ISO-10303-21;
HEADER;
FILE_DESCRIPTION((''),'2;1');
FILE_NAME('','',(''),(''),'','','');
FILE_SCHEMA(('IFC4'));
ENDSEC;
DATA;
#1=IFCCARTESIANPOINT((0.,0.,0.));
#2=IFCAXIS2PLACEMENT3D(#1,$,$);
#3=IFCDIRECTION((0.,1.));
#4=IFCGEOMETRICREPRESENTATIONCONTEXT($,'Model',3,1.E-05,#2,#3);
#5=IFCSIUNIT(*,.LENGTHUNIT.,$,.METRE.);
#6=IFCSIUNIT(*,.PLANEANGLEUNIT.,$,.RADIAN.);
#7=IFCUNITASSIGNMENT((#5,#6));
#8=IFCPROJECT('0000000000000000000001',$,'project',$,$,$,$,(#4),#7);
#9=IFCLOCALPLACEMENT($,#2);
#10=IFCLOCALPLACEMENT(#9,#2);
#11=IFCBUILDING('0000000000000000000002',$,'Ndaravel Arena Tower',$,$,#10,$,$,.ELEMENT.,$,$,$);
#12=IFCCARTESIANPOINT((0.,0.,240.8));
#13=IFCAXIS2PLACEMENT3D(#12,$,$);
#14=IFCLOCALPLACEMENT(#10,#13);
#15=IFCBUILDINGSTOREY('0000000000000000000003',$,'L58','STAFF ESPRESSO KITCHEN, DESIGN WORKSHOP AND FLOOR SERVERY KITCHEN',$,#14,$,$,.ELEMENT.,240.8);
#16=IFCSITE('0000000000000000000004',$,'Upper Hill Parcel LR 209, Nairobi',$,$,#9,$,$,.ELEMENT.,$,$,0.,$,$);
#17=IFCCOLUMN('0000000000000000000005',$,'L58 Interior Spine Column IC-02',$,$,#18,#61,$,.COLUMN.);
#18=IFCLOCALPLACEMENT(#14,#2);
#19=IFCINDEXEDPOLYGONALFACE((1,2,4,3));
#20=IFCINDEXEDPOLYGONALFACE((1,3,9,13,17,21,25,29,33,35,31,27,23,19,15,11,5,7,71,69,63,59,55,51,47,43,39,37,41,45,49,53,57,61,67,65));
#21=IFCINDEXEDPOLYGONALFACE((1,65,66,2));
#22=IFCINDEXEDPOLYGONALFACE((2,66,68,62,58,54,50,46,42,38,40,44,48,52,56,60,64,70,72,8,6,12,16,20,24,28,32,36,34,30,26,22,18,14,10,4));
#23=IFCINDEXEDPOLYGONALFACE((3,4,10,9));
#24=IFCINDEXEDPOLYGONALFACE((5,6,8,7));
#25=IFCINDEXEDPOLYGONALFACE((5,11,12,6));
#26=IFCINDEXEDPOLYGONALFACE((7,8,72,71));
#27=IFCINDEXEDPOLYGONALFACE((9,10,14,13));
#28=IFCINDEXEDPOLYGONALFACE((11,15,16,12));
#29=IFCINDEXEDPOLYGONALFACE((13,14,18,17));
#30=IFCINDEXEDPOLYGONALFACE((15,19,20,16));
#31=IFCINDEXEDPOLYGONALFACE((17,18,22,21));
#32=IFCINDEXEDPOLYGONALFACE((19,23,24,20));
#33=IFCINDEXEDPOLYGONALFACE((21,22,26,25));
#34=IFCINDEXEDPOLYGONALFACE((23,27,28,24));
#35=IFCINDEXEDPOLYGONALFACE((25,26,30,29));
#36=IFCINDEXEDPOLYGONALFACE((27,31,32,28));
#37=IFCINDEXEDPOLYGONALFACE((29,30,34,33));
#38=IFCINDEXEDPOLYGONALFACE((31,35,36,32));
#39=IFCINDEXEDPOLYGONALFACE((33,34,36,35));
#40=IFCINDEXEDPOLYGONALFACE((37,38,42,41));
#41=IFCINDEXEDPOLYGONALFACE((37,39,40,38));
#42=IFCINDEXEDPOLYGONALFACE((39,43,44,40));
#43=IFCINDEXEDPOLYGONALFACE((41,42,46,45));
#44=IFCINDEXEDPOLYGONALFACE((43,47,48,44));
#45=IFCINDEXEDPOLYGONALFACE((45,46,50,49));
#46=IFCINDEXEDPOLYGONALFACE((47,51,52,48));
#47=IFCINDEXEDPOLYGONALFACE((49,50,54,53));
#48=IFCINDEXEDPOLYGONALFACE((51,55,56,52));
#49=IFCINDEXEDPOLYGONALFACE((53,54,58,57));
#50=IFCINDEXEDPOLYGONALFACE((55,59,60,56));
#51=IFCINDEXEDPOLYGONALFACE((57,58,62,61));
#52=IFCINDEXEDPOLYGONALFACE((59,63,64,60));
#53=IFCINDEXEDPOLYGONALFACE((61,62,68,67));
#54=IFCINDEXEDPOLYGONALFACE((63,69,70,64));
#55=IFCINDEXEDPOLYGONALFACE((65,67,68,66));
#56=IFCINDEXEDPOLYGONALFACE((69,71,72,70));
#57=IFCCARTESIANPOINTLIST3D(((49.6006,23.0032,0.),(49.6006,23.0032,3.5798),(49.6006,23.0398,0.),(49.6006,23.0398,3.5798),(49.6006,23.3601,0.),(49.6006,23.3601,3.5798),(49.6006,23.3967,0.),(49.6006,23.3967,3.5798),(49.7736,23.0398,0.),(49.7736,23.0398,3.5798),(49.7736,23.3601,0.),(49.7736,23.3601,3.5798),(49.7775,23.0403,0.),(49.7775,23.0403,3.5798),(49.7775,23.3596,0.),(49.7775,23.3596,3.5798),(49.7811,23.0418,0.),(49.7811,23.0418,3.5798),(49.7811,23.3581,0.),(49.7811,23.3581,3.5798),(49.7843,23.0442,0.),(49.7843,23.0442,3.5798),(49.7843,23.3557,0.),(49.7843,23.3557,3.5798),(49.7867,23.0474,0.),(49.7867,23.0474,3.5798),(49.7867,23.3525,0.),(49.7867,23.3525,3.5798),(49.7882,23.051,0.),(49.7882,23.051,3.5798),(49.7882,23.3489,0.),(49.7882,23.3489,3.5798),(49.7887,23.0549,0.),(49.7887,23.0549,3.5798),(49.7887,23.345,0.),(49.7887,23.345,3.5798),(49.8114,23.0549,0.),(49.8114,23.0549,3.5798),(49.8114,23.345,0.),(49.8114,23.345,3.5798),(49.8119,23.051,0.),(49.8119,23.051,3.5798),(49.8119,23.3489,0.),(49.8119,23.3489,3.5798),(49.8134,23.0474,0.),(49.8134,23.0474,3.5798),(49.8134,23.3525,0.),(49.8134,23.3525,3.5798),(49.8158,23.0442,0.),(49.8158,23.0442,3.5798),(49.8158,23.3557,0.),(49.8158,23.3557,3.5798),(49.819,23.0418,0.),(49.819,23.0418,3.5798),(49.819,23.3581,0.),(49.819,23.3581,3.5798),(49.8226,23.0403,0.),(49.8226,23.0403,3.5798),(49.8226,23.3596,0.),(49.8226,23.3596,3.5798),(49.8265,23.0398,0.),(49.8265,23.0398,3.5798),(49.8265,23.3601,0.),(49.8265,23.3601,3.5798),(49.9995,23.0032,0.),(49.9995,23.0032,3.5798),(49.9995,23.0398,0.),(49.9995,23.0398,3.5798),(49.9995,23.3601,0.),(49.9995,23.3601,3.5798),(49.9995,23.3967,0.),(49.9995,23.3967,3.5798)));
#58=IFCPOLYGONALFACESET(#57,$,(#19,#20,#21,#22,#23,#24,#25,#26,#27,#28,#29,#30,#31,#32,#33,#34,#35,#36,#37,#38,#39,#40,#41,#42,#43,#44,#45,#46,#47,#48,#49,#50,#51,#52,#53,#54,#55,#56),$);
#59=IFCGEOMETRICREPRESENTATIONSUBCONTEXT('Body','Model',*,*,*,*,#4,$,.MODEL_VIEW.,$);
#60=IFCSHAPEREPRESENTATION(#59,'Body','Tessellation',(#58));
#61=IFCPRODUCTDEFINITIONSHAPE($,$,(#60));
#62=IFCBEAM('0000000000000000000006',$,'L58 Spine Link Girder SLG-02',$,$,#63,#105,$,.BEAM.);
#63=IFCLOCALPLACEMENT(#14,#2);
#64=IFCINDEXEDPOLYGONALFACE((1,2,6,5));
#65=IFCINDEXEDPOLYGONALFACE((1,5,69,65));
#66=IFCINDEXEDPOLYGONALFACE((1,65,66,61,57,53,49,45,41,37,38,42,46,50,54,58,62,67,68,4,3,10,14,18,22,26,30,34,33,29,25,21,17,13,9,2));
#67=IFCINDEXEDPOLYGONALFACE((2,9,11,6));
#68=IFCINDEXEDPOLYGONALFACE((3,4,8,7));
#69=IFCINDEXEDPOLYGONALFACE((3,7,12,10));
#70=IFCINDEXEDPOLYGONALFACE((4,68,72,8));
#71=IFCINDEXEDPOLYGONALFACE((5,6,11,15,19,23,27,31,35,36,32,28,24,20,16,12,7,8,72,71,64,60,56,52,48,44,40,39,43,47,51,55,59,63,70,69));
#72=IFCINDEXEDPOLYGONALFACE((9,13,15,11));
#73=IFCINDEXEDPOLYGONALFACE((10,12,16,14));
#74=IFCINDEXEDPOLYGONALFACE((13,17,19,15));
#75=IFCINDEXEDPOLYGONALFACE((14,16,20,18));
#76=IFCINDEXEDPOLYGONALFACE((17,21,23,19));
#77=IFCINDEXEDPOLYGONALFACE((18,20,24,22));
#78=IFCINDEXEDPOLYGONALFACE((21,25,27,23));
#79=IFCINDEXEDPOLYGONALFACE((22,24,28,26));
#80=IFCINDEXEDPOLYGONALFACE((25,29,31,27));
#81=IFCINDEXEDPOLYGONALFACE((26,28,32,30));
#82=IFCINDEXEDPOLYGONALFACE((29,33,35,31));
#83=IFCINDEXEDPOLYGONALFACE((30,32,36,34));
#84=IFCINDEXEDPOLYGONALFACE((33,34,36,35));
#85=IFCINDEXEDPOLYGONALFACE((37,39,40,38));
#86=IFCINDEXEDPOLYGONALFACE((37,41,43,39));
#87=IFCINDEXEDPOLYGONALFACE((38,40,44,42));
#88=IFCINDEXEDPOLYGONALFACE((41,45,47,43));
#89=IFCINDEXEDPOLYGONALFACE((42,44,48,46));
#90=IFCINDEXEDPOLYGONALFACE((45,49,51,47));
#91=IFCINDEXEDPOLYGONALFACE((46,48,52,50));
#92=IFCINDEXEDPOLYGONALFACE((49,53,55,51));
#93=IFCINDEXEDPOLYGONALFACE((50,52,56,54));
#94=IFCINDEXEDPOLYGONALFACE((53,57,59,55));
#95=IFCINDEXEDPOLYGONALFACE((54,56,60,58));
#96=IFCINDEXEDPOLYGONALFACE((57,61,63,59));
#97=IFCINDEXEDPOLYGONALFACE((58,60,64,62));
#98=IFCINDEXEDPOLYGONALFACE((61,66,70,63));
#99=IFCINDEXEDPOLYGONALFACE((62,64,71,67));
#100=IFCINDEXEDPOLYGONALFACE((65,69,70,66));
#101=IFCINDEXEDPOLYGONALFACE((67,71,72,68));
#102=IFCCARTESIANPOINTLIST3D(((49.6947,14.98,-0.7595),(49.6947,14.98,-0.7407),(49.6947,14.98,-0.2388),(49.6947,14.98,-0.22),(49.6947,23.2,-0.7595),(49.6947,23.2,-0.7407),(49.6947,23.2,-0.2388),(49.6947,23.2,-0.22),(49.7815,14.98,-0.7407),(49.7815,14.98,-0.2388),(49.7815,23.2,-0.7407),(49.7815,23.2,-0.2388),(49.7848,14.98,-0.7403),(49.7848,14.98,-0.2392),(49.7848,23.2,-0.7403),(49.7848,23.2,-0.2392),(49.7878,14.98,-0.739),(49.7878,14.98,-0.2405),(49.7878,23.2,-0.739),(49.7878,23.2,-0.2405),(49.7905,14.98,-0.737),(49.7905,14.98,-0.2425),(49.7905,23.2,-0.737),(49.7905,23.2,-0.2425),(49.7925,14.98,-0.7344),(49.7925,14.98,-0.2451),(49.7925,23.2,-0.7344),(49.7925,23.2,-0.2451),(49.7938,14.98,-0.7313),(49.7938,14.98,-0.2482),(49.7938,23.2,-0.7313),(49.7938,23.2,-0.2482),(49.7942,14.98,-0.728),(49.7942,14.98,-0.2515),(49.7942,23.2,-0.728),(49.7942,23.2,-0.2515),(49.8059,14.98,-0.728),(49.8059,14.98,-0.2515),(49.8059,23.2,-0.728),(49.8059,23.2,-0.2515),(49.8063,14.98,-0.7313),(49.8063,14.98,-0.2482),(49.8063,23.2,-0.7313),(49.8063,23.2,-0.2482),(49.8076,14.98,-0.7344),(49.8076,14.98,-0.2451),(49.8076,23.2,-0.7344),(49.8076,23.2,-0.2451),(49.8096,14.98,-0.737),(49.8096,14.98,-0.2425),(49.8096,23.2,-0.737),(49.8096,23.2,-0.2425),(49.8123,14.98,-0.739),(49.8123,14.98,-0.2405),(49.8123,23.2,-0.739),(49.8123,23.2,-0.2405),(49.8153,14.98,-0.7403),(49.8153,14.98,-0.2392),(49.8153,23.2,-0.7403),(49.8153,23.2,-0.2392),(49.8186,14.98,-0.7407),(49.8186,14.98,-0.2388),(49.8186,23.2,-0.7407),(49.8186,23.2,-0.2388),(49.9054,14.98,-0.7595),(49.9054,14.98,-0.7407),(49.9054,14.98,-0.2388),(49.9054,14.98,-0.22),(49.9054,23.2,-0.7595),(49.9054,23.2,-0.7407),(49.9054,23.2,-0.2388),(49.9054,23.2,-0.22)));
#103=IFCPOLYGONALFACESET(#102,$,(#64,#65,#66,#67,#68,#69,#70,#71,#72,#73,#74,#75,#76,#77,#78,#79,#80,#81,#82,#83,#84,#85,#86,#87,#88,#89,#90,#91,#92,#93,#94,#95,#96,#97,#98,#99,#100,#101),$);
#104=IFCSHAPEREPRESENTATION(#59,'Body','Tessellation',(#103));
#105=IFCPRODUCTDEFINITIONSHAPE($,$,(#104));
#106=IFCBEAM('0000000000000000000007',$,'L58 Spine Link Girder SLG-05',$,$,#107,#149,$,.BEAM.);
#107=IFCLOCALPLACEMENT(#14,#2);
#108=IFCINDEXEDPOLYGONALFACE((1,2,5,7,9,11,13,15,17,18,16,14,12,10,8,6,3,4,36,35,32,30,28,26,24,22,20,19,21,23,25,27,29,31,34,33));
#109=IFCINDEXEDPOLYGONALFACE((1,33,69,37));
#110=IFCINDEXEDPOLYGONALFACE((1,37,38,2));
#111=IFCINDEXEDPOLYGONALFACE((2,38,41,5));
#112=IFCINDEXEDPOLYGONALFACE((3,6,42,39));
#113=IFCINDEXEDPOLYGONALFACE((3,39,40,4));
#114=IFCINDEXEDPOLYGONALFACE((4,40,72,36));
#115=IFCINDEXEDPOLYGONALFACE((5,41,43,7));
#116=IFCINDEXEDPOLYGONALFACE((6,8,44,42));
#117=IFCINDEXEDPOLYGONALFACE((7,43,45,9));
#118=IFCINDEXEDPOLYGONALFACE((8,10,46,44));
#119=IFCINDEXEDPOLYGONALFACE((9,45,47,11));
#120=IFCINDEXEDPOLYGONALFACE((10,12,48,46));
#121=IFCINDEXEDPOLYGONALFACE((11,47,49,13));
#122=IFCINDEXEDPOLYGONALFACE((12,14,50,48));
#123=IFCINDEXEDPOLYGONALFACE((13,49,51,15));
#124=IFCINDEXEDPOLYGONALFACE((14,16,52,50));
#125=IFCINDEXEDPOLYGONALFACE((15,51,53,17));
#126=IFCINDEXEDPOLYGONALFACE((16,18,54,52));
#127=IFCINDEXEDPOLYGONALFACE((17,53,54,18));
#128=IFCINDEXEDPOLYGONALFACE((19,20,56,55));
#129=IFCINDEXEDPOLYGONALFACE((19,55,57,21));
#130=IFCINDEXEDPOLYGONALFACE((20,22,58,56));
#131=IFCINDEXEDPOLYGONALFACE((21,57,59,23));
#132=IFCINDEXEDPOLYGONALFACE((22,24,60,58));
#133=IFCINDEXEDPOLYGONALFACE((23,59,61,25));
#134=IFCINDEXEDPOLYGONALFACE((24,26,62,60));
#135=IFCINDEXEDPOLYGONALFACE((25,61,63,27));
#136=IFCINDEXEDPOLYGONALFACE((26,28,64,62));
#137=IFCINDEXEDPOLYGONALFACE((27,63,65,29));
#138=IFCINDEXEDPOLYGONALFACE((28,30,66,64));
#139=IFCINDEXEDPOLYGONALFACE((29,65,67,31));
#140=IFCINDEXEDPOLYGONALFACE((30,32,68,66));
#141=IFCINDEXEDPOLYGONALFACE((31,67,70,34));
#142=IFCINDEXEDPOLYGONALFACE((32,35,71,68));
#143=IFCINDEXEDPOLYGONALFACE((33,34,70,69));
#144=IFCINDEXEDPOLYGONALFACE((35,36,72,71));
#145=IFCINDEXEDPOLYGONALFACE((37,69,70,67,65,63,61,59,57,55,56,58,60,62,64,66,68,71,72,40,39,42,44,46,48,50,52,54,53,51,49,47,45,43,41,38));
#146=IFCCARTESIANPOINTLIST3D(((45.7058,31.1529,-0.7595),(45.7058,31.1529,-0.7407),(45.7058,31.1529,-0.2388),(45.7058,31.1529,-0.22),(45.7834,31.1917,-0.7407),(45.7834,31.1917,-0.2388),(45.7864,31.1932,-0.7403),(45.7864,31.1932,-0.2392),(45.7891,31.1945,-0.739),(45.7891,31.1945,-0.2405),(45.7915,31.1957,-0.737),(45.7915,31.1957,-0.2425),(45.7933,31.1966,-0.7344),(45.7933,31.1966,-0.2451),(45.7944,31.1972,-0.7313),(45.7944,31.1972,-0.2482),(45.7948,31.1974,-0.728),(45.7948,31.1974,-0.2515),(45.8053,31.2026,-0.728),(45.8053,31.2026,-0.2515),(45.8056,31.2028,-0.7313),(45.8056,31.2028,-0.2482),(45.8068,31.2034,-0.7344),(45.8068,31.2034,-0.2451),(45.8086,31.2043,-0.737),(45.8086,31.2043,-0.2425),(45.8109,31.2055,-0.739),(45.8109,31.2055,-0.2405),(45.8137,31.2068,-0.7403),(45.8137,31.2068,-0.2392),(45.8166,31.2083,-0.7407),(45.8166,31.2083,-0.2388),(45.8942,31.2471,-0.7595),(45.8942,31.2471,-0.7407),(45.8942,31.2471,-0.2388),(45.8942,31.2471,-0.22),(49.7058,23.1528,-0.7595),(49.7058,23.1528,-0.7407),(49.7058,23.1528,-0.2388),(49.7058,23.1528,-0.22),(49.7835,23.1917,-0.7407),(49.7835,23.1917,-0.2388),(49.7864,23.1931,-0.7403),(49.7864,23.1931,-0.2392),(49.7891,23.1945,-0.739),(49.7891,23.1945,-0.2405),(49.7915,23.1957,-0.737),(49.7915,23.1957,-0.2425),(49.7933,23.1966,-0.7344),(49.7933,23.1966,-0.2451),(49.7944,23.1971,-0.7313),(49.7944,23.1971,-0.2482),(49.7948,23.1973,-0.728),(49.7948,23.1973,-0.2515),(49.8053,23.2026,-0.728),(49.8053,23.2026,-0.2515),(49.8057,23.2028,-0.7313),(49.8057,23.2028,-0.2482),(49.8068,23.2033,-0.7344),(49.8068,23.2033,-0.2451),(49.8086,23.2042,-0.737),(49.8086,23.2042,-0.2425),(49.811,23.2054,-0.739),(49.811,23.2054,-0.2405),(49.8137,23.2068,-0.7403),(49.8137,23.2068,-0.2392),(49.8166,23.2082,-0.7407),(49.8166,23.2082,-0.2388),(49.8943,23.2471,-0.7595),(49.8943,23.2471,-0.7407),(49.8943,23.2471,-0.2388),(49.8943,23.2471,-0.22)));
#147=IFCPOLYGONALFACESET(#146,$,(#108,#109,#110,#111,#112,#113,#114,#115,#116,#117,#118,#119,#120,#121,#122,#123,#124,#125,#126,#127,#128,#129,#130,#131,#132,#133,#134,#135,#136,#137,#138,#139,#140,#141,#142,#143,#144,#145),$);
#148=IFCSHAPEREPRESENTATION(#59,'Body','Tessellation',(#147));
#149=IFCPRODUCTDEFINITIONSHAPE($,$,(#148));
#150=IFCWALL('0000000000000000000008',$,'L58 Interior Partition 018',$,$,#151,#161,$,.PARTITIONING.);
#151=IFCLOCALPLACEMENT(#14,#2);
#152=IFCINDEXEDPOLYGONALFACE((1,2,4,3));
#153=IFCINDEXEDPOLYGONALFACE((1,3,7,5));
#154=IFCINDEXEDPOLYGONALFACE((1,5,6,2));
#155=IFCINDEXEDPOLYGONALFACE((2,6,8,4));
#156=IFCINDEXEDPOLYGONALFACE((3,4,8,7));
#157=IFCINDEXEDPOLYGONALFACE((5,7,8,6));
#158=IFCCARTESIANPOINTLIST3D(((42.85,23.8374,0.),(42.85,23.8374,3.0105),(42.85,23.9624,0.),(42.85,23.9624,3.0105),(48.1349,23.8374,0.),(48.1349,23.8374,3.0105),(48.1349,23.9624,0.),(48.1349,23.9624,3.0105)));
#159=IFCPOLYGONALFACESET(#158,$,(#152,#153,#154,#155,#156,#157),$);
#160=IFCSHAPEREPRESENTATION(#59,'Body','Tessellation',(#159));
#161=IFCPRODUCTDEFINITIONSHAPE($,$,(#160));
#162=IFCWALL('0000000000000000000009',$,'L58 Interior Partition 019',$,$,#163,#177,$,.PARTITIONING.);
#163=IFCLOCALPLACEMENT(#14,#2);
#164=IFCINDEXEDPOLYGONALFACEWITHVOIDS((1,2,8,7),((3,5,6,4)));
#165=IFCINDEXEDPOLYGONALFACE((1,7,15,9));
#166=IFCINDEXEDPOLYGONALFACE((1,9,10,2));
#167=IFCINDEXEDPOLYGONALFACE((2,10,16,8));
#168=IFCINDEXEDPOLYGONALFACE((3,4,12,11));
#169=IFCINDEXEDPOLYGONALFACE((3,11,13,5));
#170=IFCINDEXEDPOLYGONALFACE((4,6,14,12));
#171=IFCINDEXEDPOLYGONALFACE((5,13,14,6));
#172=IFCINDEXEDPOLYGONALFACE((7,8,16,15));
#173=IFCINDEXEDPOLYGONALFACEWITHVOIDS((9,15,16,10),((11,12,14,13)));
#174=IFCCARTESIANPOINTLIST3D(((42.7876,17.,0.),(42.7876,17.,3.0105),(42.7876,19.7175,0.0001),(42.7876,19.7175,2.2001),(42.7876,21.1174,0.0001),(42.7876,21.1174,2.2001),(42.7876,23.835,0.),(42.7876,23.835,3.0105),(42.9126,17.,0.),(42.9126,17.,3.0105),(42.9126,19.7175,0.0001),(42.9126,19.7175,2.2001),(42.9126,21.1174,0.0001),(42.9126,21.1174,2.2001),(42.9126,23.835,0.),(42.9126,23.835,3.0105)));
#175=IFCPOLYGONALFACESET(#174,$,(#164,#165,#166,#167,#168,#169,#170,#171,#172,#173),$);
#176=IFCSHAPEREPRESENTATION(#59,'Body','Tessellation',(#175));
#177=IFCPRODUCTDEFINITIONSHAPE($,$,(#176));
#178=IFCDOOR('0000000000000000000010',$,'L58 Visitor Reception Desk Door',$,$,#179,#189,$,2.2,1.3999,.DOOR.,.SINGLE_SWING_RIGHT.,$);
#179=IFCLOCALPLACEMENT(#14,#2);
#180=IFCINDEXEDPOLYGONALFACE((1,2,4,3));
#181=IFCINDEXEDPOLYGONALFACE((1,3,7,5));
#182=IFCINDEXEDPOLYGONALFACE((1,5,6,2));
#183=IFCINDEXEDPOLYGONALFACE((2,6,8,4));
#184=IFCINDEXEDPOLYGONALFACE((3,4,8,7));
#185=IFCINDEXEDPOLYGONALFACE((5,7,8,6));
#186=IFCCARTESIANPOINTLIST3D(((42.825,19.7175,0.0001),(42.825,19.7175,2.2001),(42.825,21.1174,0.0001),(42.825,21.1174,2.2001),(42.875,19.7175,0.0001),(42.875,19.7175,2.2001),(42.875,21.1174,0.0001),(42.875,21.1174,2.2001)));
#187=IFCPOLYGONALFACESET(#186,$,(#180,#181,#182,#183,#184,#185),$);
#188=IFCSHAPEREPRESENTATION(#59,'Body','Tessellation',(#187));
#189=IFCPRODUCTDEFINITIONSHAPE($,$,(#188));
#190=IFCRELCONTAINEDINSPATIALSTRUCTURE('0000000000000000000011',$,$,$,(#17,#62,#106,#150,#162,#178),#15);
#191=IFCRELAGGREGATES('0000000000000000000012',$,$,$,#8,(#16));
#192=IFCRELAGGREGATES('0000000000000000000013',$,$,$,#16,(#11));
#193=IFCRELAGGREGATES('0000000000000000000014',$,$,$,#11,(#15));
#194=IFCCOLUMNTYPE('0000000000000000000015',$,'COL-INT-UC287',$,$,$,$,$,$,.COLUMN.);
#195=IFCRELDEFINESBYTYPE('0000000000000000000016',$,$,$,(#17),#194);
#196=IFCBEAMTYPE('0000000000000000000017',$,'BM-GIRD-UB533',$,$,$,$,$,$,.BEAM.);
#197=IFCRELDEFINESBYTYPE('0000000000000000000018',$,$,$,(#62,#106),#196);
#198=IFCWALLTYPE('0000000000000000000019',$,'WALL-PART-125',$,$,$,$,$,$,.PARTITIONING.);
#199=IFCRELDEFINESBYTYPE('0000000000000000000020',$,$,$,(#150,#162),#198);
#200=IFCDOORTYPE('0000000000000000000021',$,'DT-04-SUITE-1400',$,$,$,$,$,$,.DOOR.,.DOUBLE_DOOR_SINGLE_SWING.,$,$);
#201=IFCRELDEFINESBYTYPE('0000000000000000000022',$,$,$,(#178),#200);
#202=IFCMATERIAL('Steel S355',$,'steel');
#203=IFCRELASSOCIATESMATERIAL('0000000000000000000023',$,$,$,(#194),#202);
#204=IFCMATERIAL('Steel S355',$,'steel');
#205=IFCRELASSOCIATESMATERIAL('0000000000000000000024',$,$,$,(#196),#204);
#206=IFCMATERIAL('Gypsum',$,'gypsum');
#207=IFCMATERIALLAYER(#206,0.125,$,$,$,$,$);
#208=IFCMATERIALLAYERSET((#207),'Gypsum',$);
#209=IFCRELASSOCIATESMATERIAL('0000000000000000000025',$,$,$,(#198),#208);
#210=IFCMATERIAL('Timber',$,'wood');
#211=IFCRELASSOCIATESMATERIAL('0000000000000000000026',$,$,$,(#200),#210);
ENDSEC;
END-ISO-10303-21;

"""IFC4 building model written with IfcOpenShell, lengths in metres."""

from ifc_helpers import new_model, si_unit, direction, frame, frame_2d, origin, origin_2d, place, context, subcontext, project, spatial, rectangle, i_section, extrude, material, layer, layer_set, material_profile, profile_set, type_object, element, fill, save


model = new_model("IFC4")

# Units and contexts
model_context = context("Model", 3, precision=1e-05, world=origin(), true_north=direction((0.0, 1.0)))
body_context = subcontext(model_context, "Body", "Model", "MODEL_VIEW")
ifc_project = project(units=[si_unit("LENGTHUNIT", "METRE"), si_unit("PLANEANGLEUNIT", "RADIAN")], contexts=[model_context])

# Site, building, storey
site_placement = place(None, origin())
site = spatial("IfcSite", under=ifc_project, at=site_placement, Name="Upper Hill Parcel LR 209, Nairobi", CompositionType="ELEMENT", RefElevation=0.0)
building_placement = place(site_placement, origin())
building = spatial("IfcBuilding", under=site, at=building_placement, Name="Ndaravel Arena Tower", CompositionType="ELEMENT")
storey_placement = place(building_placement, frame((0.0, 0.0, 240.8)))
storey = spatial("IfcBuildingStorey", under=building, at=storey_placement, Name="L58", Description="STAFF ESPRESSO KITCHEN, DESIGN WORKSHOP AND FLOOR SERVERY KITCHEN", CompositionType="ELEMENT", Elevation=240.8)

# Column
ifc_material_1 = material(Name="Steel S355", Category="steel")
ifc_material_profile_1 = material_profile(ifc_material_1, i_section(OverallWidth=0.3989, OverallDepth=0.3936, WebThickness=0.0227, FlangeThickness=0.0366, FilletRadius=0.0151, at=origin_2d()), Name="UC 356x406x287")
ifc_profile_set_1 = profile_set([ifc_material_profile_1], Name="Steel S355")
column_type = type_object("IfcColumnType", Name="COL-INT-UC287", PredefinedType="COLUMN", material=ifc_profile_set_1)
column_placement = place(storey_placement, frame((49.8, 23.2, 0.0), z_axis=(0.0, 0.0, 1.0), x_axis=(1.0, 0.0, 0.0)))
element("IfcColumn", 1, at=column_placement, inside=storey, type_object=column_type, Name="L58 Interior Spine Column IC-02", PredefinedType="COLUMN", context=body_context, shape_type="SweptSolid", body=[
    extrude(i_section(OverallWidth=0.3989, OverallDepth=0.3936, WebThickness=0.0227, FlangeThickness=0.0366, FilletRadius=0.0151, at=origin_2d()), origin(), (0.0, 0.0, 1.0), 3.5798),
])

# Beams
ifc_material_2 = material(Name="Steel S355", Category="steel")
ifc_material_profile_2 = material_profile(ifc_material_2, i_section(OverallWidth=0.2107, OverallDepth=0.5396, WebThickness=0.0117, FlangeThickness=0.0188, FilletRadius=0.0127, at=origin_2d()), Name="UB 533x210x109")
ifc_profile_set_2 = profile_set([ifc_material_profile_2], Name="Steel S355")
beam_type = type_object("IfcBeamType", Name="BM-GIRD-UB533", PredefinedType="BEAM", material=ifc_profile_set_2)
beam_1_placement = place(storey_placement, frame((49.8, 14.98, -0.4897), z_axis=(0.0, 1.0, 0.0), x_axis=(-1.0, 0.0, 0.0)))
element("IfcBeam", 2, at=beam_1_placement, inside=storey, type_object=beam_type, Name="L58 Spine Link Girder SLG-02", PredefinedType="BEAM", context=body_context, shape_type="SweptSolid", body=[
    extrude(i_section(OverallWidth=0.2107, OverallDepth=0.5396, WebThickness=0.0117, FlangeThickness=0.0188, FilletRadius=0.0127, at=origin_2d()), origin(), (0.0, 0.0, 1.0), 8.22),
])
beam_2_placement = place(storey_placement, frame((49.8, 23.2, -0.4897), z_axis=(-0.447214, 0.894427, 0.0), x_axis=(-0.894427, -0.447214, 0.0)))
element("IfcBeam", 3, at=beam_2_placement, inside=storey, type_object=beam_type, Name="L58 Spine Link Girder SLG-05", PredefinedType="BEAM", context=body_context, shape_type="SweptSolid", body=[
    extrude(i_section(OverallWidth=0.2107, OverallDepth=0.5396, WebThickness=0.0117, FlangeThickness=0.0188, FilletRadius=0.0127, at=origin_2d()), origin(), (0.0, 0.0, 1.0), 8.9443),
])

# Wall
ifc_material_3 = material(Name="Gypsum", Category="gypsum")
ifc_layer_1 = layer(ifc_material_3, 0.125)
ifc_layer_set_1 = layer_set([ifc_layer_1], Name="Gypsum")
wall_type_1 = type_object("IfcWallType", Name="WALL-PART-125", PredefinedType="PARTITIONING", material=ifc_layer_set_1)
wall_1_placement = place(storey_placement, frame((48.135, 23.8999, 0.0), z_axis=(0.0, 0.0, 1.0), x_axis=(-1.0, 0.0, 0.0)))
element("IfcWall", 4, at=wall_1_placement, inside=storey, type_object=wall_type_1, Name="L58 Interior Partition 018", PredefinedType="PARTITIONING", context=body_context, shape_type="SweptSolid", body=[
    extrude(rectangle(XDim=5.2849, YDim=0.125, at=frame_2d((2.6426, 0.0))), origin(), (0.0, 0.0, 1.0), 3.0105),
])

# Wall, opening, door
wall_2_placement = place(storey_placement, frame((42.8501, 23.835, 0.0), z_axis=(0.0, 0.0, 1.0), x_axis=(0.0, -1.0, 0.0)))
wall_2 = element("IfcWall", 5, at=wall_2_placement, inside=storey, type_object=wall_type_1, Name="L58 Interior Partition 019", PredefinedType="PARTITIONING", context=body_context, shape_type="SweptSolid", body=[
    extrude(rectangle(XDim=6.835, YDim=0.125, at=frame_2d((3.4175, 0.0))), origin(), (0.0, 0.0, 1.0), 3.0105),
])
opening_1_placement = place(wall_2_placement, frame((2.7175, 0.0, 0.0)))
opening_1 = element("IfcOpeningElement", 6, at=opening_1_placement, cuts=wall_2, PredefinedType="OPENING", context=body_context, shape_type="SweptSolid", body=[
    extrude(rectangle(XDim=1.3999, YDim=2.2, at=frame_2d((0.7, 1.1001))), frame((0.0, 0.0625, 0.0), z_axis=(0.0, -1.0, 0.0), x_axis=(1.0, 0.0, 0.0)), (0.0, 0.0, 1.0), 0.125),
])
ifc_material_4 = material(Name="Timber", Category="wood")
door_type_1 = type_object("IfcDoorType", Name="DT-04-SUITE-1400", OperationType="DOUBLE_DOOR_SINGLE_SWING", PredefinedType="DOOR", material=ifc_material_4)
door_1_placement = place(opening_1_placement, origin())
door_1 = element("IfcDoor", 7, at=door_1_placement, inside=storey, type_object=door_type_1, Name="L58 Visitor Reception Desk Door", OperationType="SINGLE_SWING_RIGHT", OverallHeight=2.2, OverallWidth=1.3999, PredefinedType="DOOR", context=body_context, shape_type="SweptSolid", body=[
    extrude(rectangle(XDim=1.3999, YDim=2.2, at=frame_2d((0.7, 1.1001))), frame((0.0, 0.0249, 0.0), z_axis=(0.0, -1.0, 0.0), x_axis=(1.0, 0.0, 0.0)), (0.0, 0.0, 1.0), 0.05),
])
fill(opening_1, door_1)

save(model, "model.ifc")
